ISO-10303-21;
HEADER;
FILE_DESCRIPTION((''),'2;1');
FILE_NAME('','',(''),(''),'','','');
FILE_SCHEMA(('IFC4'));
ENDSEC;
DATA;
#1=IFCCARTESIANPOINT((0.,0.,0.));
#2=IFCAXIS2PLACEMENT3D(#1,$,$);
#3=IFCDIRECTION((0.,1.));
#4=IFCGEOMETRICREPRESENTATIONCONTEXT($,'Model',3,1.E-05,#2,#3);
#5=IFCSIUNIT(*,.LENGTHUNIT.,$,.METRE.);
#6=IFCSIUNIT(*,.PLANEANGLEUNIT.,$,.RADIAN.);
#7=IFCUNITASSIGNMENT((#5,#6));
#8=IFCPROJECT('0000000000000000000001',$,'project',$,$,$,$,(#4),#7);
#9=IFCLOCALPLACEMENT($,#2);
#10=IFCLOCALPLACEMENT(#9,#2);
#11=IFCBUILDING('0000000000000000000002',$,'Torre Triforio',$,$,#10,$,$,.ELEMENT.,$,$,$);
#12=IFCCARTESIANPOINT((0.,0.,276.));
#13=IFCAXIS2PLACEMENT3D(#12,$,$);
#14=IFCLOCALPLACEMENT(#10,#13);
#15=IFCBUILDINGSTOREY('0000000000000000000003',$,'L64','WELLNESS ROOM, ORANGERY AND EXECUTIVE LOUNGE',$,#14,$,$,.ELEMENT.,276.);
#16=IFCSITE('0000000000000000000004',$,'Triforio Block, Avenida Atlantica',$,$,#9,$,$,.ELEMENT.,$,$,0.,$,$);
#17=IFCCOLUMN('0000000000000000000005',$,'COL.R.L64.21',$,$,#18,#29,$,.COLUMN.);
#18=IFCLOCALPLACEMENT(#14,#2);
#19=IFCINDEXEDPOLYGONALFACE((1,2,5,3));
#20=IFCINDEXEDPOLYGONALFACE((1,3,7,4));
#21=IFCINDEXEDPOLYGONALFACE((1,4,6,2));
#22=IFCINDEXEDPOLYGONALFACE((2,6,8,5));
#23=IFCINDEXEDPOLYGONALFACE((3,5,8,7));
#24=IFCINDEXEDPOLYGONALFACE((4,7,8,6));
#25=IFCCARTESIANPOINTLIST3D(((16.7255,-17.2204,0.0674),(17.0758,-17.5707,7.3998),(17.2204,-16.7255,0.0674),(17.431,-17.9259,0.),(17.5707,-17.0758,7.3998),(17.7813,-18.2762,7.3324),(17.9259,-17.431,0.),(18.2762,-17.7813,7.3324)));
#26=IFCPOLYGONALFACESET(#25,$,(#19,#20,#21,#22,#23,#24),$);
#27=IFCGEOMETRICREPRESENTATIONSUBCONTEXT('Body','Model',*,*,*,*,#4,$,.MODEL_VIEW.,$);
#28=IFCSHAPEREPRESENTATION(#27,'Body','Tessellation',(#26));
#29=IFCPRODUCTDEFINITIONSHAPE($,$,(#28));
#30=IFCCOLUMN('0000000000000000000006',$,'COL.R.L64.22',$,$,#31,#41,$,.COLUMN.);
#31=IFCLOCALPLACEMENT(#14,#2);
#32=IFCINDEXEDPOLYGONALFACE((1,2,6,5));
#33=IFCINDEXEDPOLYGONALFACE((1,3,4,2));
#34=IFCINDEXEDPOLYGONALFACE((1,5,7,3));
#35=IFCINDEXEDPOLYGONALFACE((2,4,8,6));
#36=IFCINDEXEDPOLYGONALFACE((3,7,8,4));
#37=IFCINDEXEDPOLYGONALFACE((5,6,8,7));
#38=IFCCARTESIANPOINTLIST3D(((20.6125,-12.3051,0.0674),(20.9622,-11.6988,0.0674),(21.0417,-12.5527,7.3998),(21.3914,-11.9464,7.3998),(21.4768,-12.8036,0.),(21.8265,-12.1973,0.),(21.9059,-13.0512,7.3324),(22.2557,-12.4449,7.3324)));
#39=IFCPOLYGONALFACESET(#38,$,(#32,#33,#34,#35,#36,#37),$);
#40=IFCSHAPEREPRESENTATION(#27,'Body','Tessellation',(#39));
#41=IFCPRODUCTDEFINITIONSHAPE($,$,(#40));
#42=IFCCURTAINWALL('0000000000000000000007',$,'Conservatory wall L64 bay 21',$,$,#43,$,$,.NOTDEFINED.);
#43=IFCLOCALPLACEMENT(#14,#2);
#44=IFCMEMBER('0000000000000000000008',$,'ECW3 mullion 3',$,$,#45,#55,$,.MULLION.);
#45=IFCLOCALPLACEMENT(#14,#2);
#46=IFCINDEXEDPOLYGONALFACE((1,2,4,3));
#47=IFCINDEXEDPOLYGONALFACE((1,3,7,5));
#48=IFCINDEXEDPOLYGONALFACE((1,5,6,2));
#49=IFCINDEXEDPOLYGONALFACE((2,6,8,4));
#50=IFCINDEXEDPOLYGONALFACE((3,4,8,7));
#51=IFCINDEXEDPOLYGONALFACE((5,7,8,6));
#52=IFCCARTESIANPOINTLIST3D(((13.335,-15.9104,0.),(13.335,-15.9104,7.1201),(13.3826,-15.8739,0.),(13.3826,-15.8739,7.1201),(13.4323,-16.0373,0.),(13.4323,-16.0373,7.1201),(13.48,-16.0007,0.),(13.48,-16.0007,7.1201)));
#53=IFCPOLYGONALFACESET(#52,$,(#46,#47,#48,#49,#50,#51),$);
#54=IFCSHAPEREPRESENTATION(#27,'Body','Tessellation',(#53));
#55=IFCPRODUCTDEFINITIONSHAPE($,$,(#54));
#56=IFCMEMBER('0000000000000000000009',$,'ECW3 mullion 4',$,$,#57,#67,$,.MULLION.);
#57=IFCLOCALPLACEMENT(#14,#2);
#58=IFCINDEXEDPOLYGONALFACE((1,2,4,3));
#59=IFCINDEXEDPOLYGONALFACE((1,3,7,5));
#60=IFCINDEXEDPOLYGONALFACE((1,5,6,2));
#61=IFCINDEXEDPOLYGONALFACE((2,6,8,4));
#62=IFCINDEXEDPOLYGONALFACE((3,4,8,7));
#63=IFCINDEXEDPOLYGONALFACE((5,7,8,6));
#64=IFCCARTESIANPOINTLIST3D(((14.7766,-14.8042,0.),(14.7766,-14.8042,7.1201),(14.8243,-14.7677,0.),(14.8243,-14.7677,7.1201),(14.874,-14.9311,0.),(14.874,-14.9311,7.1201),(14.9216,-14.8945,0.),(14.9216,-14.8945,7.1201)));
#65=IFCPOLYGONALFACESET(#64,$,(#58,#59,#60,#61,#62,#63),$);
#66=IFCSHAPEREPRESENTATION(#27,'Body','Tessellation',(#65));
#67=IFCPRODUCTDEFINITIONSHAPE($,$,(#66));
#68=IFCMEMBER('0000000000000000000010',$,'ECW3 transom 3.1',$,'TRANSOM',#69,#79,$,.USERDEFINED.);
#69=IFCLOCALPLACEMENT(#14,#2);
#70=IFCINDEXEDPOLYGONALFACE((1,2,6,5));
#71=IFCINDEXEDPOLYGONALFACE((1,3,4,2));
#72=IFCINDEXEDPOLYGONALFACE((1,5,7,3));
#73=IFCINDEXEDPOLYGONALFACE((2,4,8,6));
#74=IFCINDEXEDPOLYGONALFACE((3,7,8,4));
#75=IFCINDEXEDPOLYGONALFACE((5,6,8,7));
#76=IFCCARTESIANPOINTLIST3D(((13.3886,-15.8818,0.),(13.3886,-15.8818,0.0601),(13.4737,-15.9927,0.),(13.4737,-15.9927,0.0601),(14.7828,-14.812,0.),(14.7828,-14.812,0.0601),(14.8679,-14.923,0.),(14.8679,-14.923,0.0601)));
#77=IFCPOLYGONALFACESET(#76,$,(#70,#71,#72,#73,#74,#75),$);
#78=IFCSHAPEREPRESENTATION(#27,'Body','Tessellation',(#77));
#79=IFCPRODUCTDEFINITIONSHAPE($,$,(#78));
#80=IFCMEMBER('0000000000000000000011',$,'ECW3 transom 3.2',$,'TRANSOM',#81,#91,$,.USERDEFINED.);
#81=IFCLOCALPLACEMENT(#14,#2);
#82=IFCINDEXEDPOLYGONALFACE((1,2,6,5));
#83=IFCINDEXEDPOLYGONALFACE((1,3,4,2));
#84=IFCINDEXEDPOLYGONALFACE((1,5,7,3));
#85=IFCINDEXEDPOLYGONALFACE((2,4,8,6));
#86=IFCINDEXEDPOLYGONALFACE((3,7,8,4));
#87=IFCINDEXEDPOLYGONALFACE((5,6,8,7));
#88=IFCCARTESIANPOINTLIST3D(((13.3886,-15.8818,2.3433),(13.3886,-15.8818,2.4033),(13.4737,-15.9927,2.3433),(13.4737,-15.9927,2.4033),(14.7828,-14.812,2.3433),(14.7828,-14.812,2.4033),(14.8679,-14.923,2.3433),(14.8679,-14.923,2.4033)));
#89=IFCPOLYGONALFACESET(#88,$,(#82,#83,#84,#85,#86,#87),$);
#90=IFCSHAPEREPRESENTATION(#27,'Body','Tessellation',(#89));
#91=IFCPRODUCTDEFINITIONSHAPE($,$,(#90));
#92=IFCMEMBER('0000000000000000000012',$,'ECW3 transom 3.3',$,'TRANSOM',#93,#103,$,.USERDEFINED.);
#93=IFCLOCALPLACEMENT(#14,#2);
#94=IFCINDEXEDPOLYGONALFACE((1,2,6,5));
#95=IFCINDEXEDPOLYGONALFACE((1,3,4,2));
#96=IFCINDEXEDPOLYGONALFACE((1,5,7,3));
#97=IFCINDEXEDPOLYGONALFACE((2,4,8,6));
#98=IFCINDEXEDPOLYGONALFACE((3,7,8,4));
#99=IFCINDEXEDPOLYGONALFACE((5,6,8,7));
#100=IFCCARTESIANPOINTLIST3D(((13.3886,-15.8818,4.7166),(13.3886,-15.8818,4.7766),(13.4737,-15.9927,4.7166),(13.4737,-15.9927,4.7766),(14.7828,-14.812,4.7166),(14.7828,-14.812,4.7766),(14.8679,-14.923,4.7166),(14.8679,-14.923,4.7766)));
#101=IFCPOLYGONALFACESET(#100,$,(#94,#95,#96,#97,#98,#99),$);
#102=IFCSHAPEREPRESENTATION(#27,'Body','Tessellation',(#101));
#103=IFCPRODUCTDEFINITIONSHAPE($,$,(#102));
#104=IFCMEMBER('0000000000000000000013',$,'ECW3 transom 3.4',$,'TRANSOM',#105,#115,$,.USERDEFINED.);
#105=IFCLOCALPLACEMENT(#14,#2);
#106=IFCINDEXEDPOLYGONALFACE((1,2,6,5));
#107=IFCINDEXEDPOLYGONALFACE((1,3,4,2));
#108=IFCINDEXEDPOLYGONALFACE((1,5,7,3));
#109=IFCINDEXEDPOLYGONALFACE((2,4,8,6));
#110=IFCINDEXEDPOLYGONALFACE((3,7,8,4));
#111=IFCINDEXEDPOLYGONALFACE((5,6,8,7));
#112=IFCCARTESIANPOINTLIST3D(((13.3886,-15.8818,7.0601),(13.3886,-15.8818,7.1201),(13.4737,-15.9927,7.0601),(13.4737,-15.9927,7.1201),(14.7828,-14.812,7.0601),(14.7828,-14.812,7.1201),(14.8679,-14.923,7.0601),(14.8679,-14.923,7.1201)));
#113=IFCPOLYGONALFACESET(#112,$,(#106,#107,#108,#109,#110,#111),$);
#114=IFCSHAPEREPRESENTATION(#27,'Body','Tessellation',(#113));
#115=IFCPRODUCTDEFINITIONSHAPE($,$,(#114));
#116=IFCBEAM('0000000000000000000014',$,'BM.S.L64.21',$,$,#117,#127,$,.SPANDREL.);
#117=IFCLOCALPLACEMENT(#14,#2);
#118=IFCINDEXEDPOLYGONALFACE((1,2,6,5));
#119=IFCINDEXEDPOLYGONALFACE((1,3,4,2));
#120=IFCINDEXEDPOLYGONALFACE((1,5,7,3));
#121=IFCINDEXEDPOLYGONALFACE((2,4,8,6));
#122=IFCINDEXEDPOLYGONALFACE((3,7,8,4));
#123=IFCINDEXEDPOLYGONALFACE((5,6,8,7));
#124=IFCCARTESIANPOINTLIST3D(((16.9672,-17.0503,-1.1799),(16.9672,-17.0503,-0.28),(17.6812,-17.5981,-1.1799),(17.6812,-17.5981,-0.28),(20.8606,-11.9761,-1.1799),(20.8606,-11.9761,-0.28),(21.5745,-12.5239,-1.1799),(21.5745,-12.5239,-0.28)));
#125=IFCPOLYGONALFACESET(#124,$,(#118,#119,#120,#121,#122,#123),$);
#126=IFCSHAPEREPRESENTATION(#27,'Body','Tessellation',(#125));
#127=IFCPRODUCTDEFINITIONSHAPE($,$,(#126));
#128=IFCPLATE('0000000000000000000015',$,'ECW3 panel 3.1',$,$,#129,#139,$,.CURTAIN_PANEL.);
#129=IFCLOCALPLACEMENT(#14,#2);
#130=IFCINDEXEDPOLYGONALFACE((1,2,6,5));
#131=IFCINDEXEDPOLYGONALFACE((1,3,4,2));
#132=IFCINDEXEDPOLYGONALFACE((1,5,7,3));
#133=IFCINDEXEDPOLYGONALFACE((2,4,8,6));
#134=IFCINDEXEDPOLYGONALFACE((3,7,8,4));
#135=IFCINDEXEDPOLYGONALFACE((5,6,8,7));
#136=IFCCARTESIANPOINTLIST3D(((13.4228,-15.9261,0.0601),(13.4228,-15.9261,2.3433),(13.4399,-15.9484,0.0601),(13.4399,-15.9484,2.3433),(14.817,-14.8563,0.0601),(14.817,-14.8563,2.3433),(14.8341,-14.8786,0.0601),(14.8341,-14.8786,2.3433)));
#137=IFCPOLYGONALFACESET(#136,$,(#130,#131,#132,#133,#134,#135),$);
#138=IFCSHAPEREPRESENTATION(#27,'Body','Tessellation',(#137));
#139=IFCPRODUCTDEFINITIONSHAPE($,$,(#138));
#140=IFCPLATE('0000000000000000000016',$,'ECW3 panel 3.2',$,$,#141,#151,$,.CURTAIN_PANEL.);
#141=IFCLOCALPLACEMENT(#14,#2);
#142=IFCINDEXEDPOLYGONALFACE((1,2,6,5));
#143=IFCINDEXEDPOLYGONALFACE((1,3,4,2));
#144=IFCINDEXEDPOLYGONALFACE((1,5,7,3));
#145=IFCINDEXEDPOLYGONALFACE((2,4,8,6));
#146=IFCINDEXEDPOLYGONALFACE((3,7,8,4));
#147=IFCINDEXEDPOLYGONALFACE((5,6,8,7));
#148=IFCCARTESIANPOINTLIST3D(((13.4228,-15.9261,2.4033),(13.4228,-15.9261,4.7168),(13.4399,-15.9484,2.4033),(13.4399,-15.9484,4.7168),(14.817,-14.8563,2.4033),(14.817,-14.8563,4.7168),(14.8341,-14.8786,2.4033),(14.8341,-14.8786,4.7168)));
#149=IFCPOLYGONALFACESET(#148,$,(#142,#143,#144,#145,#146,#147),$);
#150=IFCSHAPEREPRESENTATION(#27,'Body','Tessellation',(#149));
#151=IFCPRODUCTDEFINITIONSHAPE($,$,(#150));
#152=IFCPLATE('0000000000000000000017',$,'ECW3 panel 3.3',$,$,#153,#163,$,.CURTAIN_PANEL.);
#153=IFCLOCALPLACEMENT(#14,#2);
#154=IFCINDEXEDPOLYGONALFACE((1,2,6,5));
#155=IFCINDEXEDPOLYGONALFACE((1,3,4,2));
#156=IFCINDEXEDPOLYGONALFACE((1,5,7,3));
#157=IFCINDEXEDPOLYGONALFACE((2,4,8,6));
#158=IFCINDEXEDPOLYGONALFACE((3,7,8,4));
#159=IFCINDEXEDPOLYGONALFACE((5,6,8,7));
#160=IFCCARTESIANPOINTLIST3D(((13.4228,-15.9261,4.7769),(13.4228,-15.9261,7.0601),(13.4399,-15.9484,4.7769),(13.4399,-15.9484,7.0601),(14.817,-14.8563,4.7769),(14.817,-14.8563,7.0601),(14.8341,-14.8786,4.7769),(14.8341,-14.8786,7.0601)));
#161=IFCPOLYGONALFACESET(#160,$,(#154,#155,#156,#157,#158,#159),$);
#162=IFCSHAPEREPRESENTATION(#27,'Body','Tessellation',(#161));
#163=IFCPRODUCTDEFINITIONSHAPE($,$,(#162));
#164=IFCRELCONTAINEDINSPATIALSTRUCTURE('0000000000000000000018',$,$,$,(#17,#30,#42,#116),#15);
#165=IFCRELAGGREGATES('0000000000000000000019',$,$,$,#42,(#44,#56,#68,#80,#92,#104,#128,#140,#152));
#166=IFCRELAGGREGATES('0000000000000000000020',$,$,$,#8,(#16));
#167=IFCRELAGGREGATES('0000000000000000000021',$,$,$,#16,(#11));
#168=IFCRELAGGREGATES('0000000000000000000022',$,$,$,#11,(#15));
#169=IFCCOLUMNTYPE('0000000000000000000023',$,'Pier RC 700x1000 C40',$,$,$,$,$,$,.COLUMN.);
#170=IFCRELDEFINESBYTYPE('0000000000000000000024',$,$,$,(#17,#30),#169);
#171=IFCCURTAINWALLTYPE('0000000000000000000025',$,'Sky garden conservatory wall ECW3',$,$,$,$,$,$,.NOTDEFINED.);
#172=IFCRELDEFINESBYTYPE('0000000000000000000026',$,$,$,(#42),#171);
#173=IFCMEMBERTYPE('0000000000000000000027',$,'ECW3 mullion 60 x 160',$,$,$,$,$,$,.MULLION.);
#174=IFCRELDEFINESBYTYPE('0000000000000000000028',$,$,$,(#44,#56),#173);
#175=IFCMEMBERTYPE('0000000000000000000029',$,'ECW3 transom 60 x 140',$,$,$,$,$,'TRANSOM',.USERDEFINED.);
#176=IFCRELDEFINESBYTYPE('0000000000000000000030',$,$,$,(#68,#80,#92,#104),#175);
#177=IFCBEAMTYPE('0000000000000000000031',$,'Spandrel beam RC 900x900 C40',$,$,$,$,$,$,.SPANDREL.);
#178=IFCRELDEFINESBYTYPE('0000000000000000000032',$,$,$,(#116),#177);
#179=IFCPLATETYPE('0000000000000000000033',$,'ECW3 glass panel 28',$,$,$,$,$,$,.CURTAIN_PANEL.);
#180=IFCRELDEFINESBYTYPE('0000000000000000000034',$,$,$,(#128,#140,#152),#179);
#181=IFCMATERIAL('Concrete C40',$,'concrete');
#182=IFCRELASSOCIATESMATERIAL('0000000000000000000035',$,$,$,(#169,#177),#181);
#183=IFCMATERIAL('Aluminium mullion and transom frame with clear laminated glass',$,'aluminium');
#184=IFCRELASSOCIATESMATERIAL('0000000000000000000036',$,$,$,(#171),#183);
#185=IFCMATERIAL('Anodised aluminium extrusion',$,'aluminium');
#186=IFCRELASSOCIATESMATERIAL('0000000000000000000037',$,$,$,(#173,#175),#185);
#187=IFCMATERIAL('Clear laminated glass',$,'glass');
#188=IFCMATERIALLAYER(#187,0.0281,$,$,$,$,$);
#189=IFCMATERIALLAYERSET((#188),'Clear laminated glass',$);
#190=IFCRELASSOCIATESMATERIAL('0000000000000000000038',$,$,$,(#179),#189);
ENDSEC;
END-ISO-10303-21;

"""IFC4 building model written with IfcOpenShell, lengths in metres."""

from ifc_helpers import new_model, si_unit, direction, frame, origin, origin_2d, place, context, subcontext, project, spatial, rectangle, extrude, material, layer, layer_set, material_profile, profile_set, type_object, element, aggregate, save


model = new_model("IFC4")

# Units and contexts
model_context = context("Model", 3, precision=1e-05, world=origin(), true_north=direction((0.0, 1.0)))
body_context = subcontext(model_context, "Body", "Model", "MODEL_VIEW")
ifc_project = project(units=[si_unit("LENGTHUNIT", "METRE"), si_unit("PLANEANGLEUNIT", "RADIAN")], contexts=[model_context])

# Site, building, storey
site_placement = place(None, origin())
site = spatial("IfcSite", under=ifc_project, at=site_placement, Name="Triforio Block, Avenida Atlantica", CompositionType="ELEMENT", RefElevation=0.0)
building_placement = place(site_placement, origin())
building = spatial("IfcBuilding", under=site, at=building_placement, Name="Torre Triforio", CompositionType="ELEMENT")
storey_placement = place(building_placement, frame((0.0, 0.0, 276.0)))
storey = spatial("IfcBuildingStorey", under=building, at=storey_placement, Name="L64", Description="WELLNESS ROOM, ORANGERY AND EXECUTIVE LOUNGE", CompositionType="ELEMENT", Elevation=276.0)

# Columns
ifc_material_1 = material(Name="Concrete C40", Category="concrete")
ifc_material_profile_1 = material_profile(ifc_material_1, rectangle(XDim=0.7, YDim=1.0, at=origin_2d()), Name="RC 700x1000")
ifc_profile_set_1 = profile_set([ifc_material_profile_1], Name="Concrete C40")
column_type = type_object("IfcColumnType", Name="Pier RC 700x1000 C40", PredefinedType="COLUMN", material=ifc_profile_set_1)
for number, where, z_axis, x_axis, name in (
    (1, (17.3257, -17.3257, 0.0337), (0.04767, -0.04767, 0.997725), (0.707107, 0.707107, 0.0), "COL.R.L64.21"),
    (2, (21.2195, -12.2512, 0.0337), (0.0584, -0.033685, 0.997725), (0.499637, 0.866235, 0.0), "COL.R.L64.22"),
):
    element("IfcColumn", number, at=place(storey_placement, frame(where, z_axis=z_axis, x_axis=x_axis)), inside=storey, type_object=column_type, Name=name, PredefinedType="COLUMN", context=body_context, shape_type="SweptSolid", body=[
        extrude(rectangle(XDim=0.7, YDim=1.0, at=origin_2d()), origin(), (0.0, 0.0, 1.0), 7.3491),
    ])

# Curtain wall, members
ifc_material_2 = material(Name="Aluminium mullion and transom frame with clear laminated glass", Category="aluminium")
curtain_wall_type = type_object("IfcCurtainWallType", Name="Sky garden conservatory wall ECW3", PredefinedType="NOTDEFINED", material=ifc_material_2)
curtain_wall_placement = place(storey_placement, origin())
curtain_wall = element("IfcCurtainWall", 3, at=curtain_wall_placement, inside=storey, type_object=curtain_wall_type, Name="Conservatory wall L64 bay 21", PredefinedType="NOTDEFINED")
ifc_material_3 = material(Name="Anodised aluminium extrusion", Category="aluminium")
ifc_material_profile_2 = material_profile(ifc_material_3, rectangle(XDim=0.1599, YDim=0.0601, at=origin_2d()), Name="ECW3 MULLION 60x160")
ifc_profile_set_2 = profile_set([ifc_material_profile_2], Name="Anodised aluminium extrusion")
member_type_1 = type_object("IfcMemberType", Name="ECW3 mullion 60 x 160", PredefinedType="MULLION", material=ifc_profile_set_2)
member_1_placement = place(storey_placement, frame((13.4075, -15.9556, 0.0), z_axis=(0.0, 0.0, 1.0), x_axis=(-0.608763, 0.793352, 0.0)))
member_1 = element("IfcMember", 4, at=member_1_placement, type_object=member_type_1, Name="ECW3 mullion 3", PredefinedType="MULLION", context=body_context, shape_type="SweptSolid", body=[
    extrude(rectangle(XDim=0.1599, YDim=0.0601, at=origin_2d()), origin(), (0.0, 0.0, 1.0), 7.1201),
])
member_2_placement = place(storey_placement, frame((14.8491, -14.8494, 0.0), z_axis=(0.0, 0.0, 1.0), x_axis=(-0.608763, 0.793352, 0.0)))
member_2 = element("IfcMember", 5, at=member_2_placement, type_object=member_type_1, Name="ECW3 mullion 4", PredefinedType="MULLION", context=body_context, shape_type="SweptSolid", body=[
    extrude(rectangle(XDim=0.1599, YDim=0.0601, at=origin_2d()), origin(), (0.0, 0.0, 1.0), 7.1201),
])
ifc_material_profile_3 = material_profile(ifc_material_3, rectangle(XDim=0.1399, YDim=0.0601, at=origin_2d()), Name="ECW3 TRANSOM 60x140")
ifc_profile_set_3 = profile_set([ifc_material_profile_3], Name="Anodised aluminium extrusion")
member_type_2 = type_object("IfcMemberType", Name="ECW3 transom 60 x 140", ElementType="TRANSOM", PredefinedType="USERDEFINED", material=ifc_profile_set_3)
member_3_placement = place(storey_placement, frame((13.4312, -15.9373, 0.03), z_axis=(0.793367, 0.608744, 0.0), x_axis=(-0.608744, 0.793367, 0.0)))
member_3 = element("IfcMember", 6, at=member_3_placement, type_object=member_type_2, Name="ECW3 transom 3.1", ObjectType="TRANSOM", PredefinedType="USERDEFINED", context=body_context, shape_type="SweptSolid", body=[
    extrude(rectangle(XDim=0.1399, YDim=0.0601, at=origin_2d()), origin(), (0.0, 0.0, 1.0), 1.7573),
])
member_4_placement = place(storey_placement, frame((13.4312, -15.9373, 2.3733), z_axis=(0.793367, 0.608744, 0.0), x_axis=(-0.608744, 0.793367, 0.0)))
member_4 = element("IfcMember", 7, at=member_4_placement, type_object=member_type_2, Name="ECW3 transom 3.2", ObjectType="TRANSOM", PredefinedType="USERDEFINED", context=body_context, shape_type="SweptSolid", body=[
    extrude(rectangle(XDim=0.1399, YDim=0.0601, at=origin_2d()), origin(), (0.0, 0.0, 1.0), 1.7573),
])
member_5_placement = place(storey_placement, frame((13.4312, -15.9373, 4.7466), z_axis=(0.793367, 0.608744, 0.0), x_axis=(-0.608744, 0.793367, 0.0)))
member_5 = element("IfcMember", 8, at=member_5_placement, type_object=member_type_2, Name="ECW3 transom 3.3", ObjectType="TRANSOM", PredefinedType="USERDEFINED", context=body_context, shape_type="SweptSolid", body=[
    extrude(rectangle(XDim=0.1399, YDim=0.0601, at=origin_2d()), origin(), (0.0, 0.0, 1.0), 1.7573),
])
member_6_placement = place(storey_placement, frame((13.4312, -15.9373, 7.0901), z_axis=(0.793367, 0.608744, 0.0), x_axis=(-0.608744, 0.793367, 0.0)))
member_6 = element("IfcMember", 9, at=member_6_placement, type_object=member_type_2, Name="ECW3 transom 3.4", ObjectType="TRANSOM", PredefinedType="USERDEFINED", context=body_context, shape_type="SweptSolid", body=[
    extrude(rectangle(XDim=0.1399, YDim=0.0601, at=origin_2d()), origin(), (0.0, 0.0, 1.0), 1.7573),
])

# Beam
ifc_material_profile_4 = material_profile(ifc_material_1, rectangle(XDim=0.8999, YDim=0.8999, at=origin_2d()), Name="RC 900x900")
ifc_profile_set_4 = profile_set([ifc_material_profile_4], Name="Concrete C40")
beam_type = type_object("IfcBeamType", Name="Spandrel beam RC 900x900 C40", PredefinedType="SPANDREL", material=ifc_profile_set_4)
beam_placement = place(storey_placement, frame((17.3242, -17.3242, -0.73), z_axis=(0.608734, 0.793374, 0.0), x_axis=(-0.793374, 0.608734, 0.0)))
element("IfcBeam", 10, at=beam_placement, inside=storey, type_object=beam_type, Name="BM.S.L64.21", PredefinedType="SPANDREL", context=body_context, shape_type="SweptSolid", body=[
    extrude(rectangle(XDim=0.8999, YDim=0.8999, at=origin_2d()), origin(), (0.0, 0.0, 1.0), 6.3958),
])

# Plates
ifc_material_4 = material(Name="Clear laminated glass", Category="glass")
ifc_layer_1 = layer(ifc_material_4, 0.0281)
ifc_layer_set_1 = layer_set([ifc_layer_1], Name="Clear laminated glass")
plate_type = type_object("IfcPlateType", Name="ECW3 glass panel 28", PredefinedType="CURTAIN_PANEL", material=ifc_layer_set_1)
plate_1_placement = place(storey_placement, frame((14.1284, -15.4023, 0.0601), z_axis=(0.0, 0.0, 1.0), x_axis=(0.793352, 0.608763, 0.0)))
plate_1 = element("IfcPlate", 11, at=plate_1_placement, type_object=plate_type, Name="ECW3 panel 3.1", PredefinedType="CURTAIN_PANEL", context=body_context, shape_type="SweptSolid", body=[
    extrude(rectangle(XDim=1.7573, YDim=0.0281, at=origin_2d()), origin(), (0.0, 0.0, 1.0), 2.2832),
])
plate_2_placement = place(storey_placement, frame((14.1284, -15.4023, 2.4033), z_axis=(0.0, 0.0, 1.0), x_axis=(0.793352, 0.608763, 0.0)))
plate_2 = element("IfcPlate", 12, at=plate_2_placement, type_object=plate_type, Name="ECW3 panel 3.2", PredefinedType="CURTAIN_PANEL", context=body_context, shape_type="SweptSolid", body=[
    extrude(rectangle(XDim=1.7573, YDim=0.0281, at=origin_2d()), origin(), (0.0, 0.0, 1.0), 2.3135),
])
plate_3_placement = place(storey_placement, frame((14.1284, -15.4023, 4.7769), z_axis=(0.0, 0.0, 1.0), x_axis=(0.793352, 0.608763, 0.0)))
plate_3 = element("IfcPlate", 13, at=plate_3_placement, type_object=plate_type, Name="ECW3 panel 3.3", PredefinedType="CURTAIN_PANEL", context=body_context, shape_type="SweptSolid", body=[
    extrude(rectangle(XDim=1.7573, YDim=0.0281, at=origin_2d()), origin(), (0.0, 0.0, 1.0), 2.2832),
])
aggregate(curtain_wall, [member_1, member_2, member_3, member_4, member_5, member_6, plate_1, plate_2, plate_3])

save(model, "model.ifc")
